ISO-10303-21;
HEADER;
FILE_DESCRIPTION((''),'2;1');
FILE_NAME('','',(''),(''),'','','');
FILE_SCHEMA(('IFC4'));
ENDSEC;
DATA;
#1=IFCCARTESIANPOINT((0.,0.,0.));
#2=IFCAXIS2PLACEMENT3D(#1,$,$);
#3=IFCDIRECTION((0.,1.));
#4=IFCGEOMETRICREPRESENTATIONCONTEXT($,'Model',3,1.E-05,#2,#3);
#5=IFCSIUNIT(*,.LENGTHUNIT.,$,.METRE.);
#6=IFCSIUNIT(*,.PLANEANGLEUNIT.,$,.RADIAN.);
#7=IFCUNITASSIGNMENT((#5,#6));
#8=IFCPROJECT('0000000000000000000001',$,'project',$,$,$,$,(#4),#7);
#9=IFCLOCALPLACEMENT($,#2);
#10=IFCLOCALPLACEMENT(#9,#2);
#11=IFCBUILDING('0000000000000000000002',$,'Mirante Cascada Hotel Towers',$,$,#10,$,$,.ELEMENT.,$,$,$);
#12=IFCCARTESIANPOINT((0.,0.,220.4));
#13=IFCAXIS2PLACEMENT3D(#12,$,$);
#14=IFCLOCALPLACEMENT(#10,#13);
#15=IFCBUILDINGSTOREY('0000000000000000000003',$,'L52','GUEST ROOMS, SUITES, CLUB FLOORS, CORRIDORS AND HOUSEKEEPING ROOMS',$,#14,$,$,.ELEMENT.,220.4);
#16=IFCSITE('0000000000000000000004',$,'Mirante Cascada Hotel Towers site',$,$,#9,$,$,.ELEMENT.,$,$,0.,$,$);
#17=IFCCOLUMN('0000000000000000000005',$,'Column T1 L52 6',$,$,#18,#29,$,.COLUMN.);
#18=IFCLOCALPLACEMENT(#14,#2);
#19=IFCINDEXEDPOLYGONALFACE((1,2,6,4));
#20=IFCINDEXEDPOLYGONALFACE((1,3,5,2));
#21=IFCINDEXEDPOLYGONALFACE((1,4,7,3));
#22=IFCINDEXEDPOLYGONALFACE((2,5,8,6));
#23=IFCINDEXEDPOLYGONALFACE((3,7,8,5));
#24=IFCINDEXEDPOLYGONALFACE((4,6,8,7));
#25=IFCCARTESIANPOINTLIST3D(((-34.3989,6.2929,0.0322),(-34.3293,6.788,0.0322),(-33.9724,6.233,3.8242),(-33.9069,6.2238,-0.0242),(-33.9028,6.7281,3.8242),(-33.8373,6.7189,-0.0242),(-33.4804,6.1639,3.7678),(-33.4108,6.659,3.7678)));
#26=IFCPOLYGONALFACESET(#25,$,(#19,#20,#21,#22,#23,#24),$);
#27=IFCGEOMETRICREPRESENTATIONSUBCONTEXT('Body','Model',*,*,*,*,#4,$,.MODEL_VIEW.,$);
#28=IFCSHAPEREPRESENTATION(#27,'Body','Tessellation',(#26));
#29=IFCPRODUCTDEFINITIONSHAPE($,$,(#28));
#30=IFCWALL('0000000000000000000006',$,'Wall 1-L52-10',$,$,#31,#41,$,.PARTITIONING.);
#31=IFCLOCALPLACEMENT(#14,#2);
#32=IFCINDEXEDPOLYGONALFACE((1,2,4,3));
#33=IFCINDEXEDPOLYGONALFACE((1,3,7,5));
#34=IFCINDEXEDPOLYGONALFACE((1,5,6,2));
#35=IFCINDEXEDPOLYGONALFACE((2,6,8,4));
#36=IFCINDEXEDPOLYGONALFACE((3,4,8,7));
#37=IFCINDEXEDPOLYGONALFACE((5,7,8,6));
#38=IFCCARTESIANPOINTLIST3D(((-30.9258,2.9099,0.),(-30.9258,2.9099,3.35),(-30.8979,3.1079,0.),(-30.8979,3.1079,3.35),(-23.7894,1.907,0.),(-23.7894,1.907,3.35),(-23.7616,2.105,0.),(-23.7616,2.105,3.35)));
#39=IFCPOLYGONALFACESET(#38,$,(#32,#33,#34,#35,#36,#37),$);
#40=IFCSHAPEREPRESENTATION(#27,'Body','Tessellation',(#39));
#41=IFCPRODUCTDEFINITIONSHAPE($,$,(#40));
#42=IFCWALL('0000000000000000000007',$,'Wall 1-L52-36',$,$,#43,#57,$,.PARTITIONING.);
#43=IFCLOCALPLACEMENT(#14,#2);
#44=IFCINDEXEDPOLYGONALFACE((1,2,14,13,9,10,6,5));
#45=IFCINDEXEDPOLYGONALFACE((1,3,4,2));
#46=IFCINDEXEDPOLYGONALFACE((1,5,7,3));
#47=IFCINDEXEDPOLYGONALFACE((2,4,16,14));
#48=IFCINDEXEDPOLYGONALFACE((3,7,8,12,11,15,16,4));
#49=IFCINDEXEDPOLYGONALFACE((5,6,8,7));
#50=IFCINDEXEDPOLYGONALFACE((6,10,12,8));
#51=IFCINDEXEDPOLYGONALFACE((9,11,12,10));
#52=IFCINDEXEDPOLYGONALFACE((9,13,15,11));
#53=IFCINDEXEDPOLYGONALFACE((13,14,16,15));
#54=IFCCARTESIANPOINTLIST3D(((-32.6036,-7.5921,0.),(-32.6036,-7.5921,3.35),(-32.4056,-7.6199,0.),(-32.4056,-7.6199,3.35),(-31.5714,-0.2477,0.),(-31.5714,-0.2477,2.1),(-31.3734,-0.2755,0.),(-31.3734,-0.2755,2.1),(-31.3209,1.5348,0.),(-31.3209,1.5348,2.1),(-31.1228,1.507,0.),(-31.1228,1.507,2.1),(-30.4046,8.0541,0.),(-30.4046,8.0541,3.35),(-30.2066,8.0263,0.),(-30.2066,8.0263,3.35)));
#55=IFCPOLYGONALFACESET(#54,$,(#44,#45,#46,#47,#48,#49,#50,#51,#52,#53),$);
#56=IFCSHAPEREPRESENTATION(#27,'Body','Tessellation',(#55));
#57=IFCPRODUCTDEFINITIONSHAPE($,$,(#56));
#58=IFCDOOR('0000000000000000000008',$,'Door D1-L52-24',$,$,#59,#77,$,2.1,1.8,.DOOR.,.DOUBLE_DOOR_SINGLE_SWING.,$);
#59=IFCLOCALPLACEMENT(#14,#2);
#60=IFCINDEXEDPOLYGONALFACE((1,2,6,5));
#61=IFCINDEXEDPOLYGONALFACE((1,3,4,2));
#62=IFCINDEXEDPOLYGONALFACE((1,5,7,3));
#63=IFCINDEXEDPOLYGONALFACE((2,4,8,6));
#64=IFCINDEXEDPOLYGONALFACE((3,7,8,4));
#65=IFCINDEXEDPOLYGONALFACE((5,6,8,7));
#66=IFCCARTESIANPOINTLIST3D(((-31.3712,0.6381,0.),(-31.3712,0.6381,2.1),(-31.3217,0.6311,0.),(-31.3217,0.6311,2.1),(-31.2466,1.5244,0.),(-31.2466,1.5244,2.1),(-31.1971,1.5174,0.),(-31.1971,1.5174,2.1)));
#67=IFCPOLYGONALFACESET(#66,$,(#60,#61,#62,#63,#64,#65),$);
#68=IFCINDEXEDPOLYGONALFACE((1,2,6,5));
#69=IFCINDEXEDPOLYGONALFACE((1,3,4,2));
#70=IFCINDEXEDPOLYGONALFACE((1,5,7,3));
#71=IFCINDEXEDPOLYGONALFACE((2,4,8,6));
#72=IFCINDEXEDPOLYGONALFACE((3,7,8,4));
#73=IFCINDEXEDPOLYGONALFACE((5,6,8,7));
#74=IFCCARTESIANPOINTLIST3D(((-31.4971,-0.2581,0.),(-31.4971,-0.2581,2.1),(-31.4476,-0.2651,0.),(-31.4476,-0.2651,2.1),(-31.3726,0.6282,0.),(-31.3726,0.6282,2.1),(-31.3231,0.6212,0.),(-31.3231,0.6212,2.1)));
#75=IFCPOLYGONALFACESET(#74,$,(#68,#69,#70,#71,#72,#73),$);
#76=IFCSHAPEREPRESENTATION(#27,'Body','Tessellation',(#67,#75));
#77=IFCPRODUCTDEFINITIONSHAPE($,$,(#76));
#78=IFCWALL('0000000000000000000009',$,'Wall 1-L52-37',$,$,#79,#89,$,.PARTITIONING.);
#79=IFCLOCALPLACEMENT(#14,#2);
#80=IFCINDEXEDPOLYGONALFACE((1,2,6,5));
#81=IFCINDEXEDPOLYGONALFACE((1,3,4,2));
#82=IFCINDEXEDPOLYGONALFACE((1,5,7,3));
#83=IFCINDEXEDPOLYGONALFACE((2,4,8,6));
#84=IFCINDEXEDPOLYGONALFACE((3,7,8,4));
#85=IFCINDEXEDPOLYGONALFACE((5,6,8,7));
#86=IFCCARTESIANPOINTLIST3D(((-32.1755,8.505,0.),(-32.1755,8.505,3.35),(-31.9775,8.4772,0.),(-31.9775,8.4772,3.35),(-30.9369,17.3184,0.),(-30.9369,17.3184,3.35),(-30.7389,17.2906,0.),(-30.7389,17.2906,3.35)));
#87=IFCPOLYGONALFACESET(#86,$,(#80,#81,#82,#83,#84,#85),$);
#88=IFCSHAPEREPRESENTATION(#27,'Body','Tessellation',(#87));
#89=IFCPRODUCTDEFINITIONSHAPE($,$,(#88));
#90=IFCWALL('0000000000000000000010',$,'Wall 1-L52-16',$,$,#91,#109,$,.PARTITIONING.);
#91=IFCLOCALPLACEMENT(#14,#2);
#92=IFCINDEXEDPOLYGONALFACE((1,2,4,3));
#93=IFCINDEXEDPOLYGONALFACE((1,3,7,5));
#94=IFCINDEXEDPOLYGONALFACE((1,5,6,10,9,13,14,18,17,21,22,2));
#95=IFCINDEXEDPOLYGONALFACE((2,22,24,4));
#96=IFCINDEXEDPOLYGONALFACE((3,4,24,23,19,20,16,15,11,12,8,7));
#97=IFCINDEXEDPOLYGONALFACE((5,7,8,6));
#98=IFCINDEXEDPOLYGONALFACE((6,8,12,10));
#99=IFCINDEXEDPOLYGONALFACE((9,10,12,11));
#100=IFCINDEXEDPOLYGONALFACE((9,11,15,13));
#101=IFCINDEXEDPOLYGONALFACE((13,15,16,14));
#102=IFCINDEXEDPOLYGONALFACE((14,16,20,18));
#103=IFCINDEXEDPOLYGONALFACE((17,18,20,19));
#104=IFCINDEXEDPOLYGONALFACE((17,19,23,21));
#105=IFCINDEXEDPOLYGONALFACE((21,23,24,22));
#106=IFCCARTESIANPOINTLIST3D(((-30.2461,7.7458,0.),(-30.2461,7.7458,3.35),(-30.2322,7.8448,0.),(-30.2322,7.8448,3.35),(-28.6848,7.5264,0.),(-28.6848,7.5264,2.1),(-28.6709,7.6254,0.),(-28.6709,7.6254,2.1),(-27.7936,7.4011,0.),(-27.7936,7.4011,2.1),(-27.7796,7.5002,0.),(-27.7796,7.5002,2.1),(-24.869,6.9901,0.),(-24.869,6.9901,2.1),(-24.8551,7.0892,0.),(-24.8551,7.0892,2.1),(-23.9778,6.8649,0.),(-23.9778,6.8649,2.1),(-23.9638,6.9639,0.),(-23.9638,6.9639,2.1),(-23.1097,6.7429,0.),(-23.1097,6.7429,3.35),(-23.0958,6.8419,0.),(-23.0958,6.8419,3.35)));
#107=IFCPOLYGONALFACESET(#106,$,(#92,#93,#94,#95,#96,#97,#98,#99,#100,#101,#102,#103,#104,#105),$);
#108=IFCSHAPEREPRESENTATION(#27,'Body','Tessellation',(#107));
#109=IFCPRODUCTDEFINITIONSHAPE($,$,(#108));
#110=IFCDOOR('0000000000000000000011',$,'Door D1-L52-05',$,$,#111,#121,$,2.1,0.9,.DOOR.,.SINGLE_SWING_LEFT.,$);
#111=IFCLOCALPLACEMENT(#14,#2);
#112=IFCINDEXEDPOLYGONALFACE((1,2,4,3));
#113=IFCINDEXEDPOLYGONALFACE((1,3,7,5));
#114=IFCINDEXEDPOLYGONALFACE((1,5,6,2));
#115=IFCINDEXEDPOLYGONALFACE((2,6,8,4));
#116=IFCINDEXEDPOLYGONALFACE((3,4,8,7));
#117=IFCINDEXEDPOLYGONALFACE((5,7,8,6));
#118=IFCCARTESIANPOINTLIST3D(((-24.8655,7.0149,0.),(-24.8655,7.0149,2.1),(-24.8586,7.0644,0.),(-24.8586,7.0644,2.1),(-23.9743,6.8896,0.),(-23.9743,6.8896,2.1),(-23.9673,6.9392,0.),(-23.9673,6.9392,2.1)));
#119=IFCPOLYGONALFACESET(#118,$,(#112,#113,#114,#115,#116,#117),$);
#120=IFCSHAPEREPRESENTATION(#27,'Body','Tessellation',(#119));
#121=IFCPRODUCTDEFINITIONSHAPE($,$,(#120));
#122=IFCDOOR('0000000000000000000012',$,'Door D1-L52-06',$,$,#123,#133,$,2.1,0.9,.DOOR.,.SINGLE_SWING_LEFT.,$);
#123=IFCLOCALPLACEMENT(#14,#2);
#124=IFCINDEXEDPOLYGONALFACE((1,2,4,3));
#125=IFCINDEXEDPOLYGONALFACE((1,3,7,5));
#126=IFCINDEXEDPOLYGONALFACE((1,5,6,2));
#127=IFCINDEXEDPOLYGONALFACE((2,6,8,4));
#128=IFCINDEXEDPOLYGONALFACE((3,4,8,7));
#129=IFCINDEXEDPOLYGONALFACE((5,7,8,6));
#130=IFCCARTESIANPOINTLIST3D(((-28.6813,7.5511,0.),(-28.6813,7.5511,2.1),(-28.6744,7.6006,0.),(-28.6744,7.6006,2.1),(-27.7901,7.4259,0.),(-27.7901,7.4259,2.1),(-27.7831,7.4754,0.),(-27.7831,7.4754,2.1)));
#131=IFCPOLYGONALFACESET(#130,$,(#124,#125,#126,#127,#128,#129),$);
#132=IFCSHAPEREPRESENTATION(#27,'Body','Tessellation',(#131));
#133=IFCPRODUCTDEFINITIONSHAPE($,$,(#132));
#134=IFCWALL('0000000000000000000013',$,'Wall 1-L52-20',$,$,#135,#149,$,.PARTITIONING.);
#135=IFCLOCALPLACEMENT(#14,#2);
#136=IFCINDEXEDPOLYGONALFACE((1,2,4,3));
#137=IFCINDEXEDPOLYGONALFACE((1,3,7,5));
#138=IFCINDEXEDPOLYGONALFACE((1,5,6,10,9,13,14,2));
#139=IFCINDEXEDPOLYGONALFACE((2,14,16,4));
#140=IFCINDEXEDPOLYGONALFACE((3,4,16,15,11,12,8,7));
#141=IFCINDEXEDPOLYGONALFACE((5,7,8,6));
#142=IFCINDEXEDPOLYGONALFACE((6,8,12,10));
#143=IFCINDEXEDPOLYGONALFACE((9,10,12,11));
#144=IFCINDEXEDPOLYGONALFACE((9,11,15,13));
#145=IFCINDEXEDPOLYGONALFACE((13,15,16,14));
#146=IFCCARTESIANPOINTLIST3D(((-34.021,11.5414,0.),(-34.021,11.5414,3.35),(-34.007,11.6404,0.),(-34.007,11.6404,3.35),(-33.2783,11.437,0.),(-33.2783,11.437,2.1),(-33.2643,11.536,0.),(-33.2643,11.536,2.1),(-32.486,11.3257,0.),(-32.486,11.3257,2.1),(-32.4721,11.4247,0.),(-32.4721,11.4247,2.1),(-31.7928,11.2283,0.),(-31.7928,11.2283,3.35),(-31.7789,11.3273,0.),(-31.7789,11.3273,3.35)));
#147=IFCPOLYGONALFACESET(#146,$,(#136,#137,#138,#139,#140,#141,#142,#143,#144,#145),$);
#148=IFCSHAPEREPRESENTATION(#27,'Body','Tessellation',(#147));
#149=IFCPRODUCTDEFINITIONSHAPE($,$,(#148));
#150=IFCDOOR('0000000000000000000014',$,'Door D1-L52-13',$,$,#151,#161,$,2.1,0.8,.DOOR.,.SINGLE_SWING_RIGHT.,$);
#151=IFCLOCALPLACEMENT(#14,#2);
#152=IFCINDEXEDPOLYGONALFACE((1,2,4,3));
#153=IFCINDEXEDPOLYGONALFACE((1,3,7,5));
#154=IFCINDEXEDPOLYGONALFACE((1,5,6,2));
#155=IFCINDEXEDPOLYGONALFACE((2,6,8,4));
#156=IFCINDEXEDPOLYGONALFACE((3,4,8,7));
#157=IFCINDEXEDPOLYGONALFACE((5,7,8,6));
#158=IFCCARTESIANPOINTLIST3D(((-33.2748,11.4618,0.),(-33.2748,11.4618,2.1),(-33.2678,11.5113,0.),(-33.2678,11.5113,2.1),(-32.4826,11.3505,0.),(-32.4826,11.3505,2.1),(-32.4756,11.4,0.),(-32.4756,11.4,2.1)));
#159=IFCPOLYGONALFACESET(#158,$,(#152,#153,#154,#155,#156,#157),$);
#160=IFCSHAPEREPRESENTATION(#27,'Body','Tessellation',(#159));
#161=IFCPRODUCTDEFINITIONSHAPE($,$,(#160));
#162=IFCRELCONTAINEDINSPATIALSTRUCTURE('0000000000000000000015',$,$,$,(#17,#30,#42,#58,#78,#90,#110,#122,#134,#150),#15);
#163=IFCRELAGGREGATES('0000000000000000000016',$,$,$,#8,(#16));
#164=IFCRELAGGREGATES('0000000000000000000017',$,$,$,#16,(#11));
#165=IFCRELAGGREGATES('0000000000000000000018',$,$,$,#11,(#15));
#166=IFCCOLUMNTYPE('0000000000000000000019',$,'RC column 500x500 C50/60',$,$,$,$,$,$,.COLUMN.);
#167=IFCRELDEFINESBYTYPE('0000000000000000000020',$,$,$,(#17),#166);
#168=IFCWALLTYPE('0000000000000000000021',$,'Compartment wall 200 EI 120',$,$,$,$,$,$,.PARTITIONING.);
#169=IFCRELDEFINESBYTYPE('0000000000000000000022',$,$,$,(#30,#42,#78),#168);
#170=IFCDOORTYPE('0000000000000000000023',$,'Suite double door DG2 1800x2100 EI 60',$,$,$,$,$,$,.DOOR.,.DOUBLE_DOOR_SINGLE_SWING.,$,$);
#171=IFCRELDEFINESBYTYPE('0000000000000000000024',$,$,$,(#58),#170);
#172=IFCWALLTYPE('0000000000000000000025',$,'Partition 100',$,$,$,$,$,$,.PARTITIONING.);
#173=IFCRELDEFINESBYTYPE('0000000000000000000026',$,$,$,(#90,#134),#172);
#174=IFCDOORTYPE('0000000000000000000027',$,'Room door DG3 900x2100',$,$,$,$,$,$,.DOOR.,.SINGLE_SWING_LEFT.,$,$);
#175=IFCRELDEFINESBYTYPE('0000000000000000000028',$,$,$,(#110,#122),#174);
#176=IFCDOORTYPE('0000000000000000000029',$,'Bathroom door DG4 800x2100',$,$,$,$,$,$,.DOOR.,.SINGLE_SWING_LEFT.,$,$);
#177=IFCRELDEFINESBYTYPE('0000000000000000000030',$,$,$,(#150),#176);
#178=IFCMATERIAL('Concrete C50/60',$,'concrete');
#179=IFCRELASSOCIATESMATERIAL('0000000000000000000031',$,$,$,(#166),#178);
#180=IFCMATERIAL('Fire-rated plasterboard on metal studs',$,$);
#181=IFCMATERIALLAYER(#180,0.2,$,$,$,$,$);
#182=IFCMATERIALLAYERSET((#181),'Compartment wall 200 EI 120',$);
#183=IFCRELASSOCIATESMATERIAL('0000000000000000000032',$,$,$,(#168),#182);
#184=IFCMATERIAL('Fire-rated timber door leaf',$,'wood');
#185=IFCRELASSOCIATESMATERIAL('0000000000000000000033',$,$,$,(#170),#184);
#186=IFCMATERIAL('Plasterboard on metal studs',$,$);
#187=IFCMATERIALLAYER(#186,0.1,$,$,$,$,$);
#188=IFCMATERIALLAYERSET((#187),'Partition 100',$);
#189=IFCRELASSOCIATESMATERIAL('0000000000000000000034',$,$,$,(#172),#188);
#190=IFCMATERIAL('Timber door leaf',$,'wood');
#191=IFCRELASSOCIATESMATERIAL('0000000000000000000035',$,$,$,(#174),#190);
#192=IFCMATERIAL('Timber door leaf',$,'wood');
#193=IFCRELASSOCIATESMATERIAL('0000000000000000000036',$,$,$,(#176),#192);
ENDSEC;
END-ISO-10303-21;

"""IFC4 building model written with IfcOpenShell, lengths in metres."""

from ifc_helpers import new_model, si_unit, direction, frame, frame_2d, origin, origin_2d, place, context, subcontext, project, spatial, rectangle, extrude, material, layer, layer_set, material_profile, profile_set, type_object, element, fill, save


model = new_model("IFC4")

# Units and contexts
model_context = context("Model", 3, precision=1e-05, world=origin(), true_north=direction((0.0, 1.0)))
body_context = subcontext(model_context, "Body", "Model", "MODEL_VIEW")
ifc_project = project(units=[si_unit("LENGTHUNIT", "METRE"), si_unit("PLANEANGLEUNIT", "RADIAN")], contexts=[model_context])

# Site, building, storey
site_placement = place(None, origin())
site = spatial("IfcSite", under=ifc_project, at=site_placement, Name="Mirante Cascada Hotel Towers site", CompositionType="ELEMENT", RefElevation=0.0)
building_placement = place(site_placement, origin())
building = spatial("IfcBuilding", under=site, at=building_placement, Name="Mirante Cascada Hotel Towers", CompositionType="ELEMENT")
storey_placement = place(building_placement, frame((0.0, 0.0, 220.4)))
storey = spatial("IfcBuildingStorey", under=building, at=storey_placement, Name="L52", Description="GUEST ROOMS, SUITES, CLUB FLOORS, CORRIDORS AND HOUSEKEEPING ROOMS", CompositionType="ELEMENT", Elevation=220.4)

# Column
ifc_material_1 = material(Name="Concrete C50/60", Category="concrete")
ifc_material_profile = material_profile(ifc_material_1, rectangle(XDim=0.5, YDim=0.5, at=origin_2d()), Name="RC column 500x500 C50/60")
ifc_profile_set = profile_set([ifc_material_profile], Name="Concrete C50/60")
column_type = type_object("IfcColumnType", Name="RC column 500x500 C50/60", PredefinedType="COLUMN", material=ifc_profile_set)
column_placement = place(storey_placement, frame((-34.1181, 6.5059, 0.004), z_axis=(0.111755, -0.015696, 0.993612), x_axis=(0.13908, 0.990281, 0.0)))
element("IfcColumn", 1, at=column_placement, inside=storey, type_object=column_type, Name="Column T1 L52 6", PredefinedType="COLUMN", context=body_context, shape_type="SweptSolid", body=[
    extrude(rectangle(XDim=0.5, YDim=0.5, at=origin_2d()), origin(), (0.0, 0.0, 1.0), 3.8164),
])

# Wall
ifc_material_2 = material(Name="Fire-rated plasterboard on metal studs")
ifc_layer_1 = layer(ifc_material_2, 0.2)
ifc_layer_set_1 = layer_set([ifc_layer_1], Name="Compartment wall 200 EI 120")
wall_type_1 = type_object("IfcWallType", Name="Compartment wall 200 EI 120", PredefinedType="PARTITIONING", material=ifc_layer_set_1)
wall_1_placement = place(storey_placement, frame((-30.9118, 3.0089, 0.0), z_axis=(0.0, 0.0, 1.0), x_axis=(0.990269, -0.139165, 0.0)))
element("IfcWall", 2, at=wall_1_placement, inside=storey, type_object=wall_type_1, Name="Wall 1-L52-10", PredefinedType="PARTITIONING", context=body_context, shape_type="SweptSolid", body=[
    extrude(rectangle(XDim=7.2065, YDim=0.2, at=frame_2d((3.6032, 0.0))), origin(), (0.0, 0.0, 1.0), 3.35),
])

# Wall, opening, door
wall_2_placement = place(storey_placement, frame((-30.3056, 8.0402, 0.0), z_axis=(0.0, 0.0, 1.0), x_axis=(-0.139177, -0.990267, 0.0)))
wall_2 = element("IfcWall", 3, at=wall_2_placement, inside=storey, type_object=wall_type_1, Name="Wall 1-L52-36", PredefinedType="PARTITIONING", context=body_context, shape_type="SweptSolid", body=[
    extrude(rectangle(XDim=15.8, YDim=0.2, at=frame_2d((7.9, 0.0))), origin(), (0.0, 0.0, 1.0), 3.35),
])
opening_1_placement = place(wall_2_placement, frame((6.5834, 0.0, 0.0)))
opening_1 = element("IfcOpeningElement", 4, at=opening_1_placement, cuts=wall_2, PredefinedType="OPENING", context=body_context, shape_type="SweptSolid", body=[
    extrude(rectangle(XDim=1.8, YDim=2.1, at=frame_2d((0.9, 1.05))), frame((0.0, 0.1, 0.0), z_axis=(0.0, -1.0, 0.0), x_axis=(1.0, 0.0, 0.0)), (0.0, 0.0, 1.0), 0.2),
])
ifc_material_3 = material(Name="Fire-rated timber door leaf", Category="wood")
door_type_1 = type_object("IfcDoorType", Name="Suite double door DG2 1800x2100 EI 60", OperationType="DOUBLE_DOOR_SINGLE_SWING", PredefinedType="DOOR", material=ifc_material_3)
door_1_placement = place(opening_1_placement, origin())
door_1 = element("IfcDoor", 5, at=door_1_placement, inside=storey, type_object=door_type_1, Name="Door D1-L52-24", OperationType="DOUBLE_DOOR_SINGLE_SWING", OverallHeight=2.1, OverallWidth=1.8, PredefinedType="DOOR", context=body_context, shape_type="SweptSolid", body=[
    extrude(rectangle(XDim=0.895, YDim=2.1, at=frame_2d((0.4475, 1.05))), frame((0.0, 0.025, 0.0), z_axis=(0.0, -1.0, 0.0), x_axis=(1.0, 0.0, 0.0)), (0.0, 0.0, 1.0), 0.05),
    extrude(rectangle(XDim=0.895, YDim=2.1, at=frame_2d((1.3525, 1.05))), frame((0.0, 0.025, 0.0), z_axis=(0.0, -1.0, 0.0), x_axis=(1.0, 0.0, 0.0)), (0.0, 0.0, 1.0), 0.05),
])
fill(opening_1, door_1)

# Wall
wall_3_placement = place(storey_placement, frame((-32.0765, 8.4911, 0.0), z_axis=(0.0, 0.0, 1.0), x_axis=(0.139168, 0.990269, 0.0)))
element("IfcWall", 6, at=wall_3_placement, inside=storey, type_object=wall_type_1, Name="Wall 1-L52-37", PredefinedType="PARTITIONING", context=body_context, shape_type="SweptSolid", body=[
    extrude(rectangle(XDim=8.9, YDim=0.2, at=frame_2d((4.45, 0.0))), origin(), (0.0, 0.0, 1.0), 3.35),
])

# Wall, openings, doors
ifc_material_4 = material(Name="Plasterboard on metal studs")
ifc_layer_2 = layer(ifc_material_4, 0.1)
ifc_layer_set_2 = layer_set([ifc_layer_2], Name="Partition 100")
wall_type_2 = type_object("IfcWallType", Name="Partition 100", PredefinedType="PARTITIONING", material=ifc_layer_set_2)
wall_4_placement = place(storey_placement, frame((-30.2391, 7.7953, 0.0), z_axis=(0.0, 0.0, 1.0), x_axis=(0.990269, -0.139165, 0.0)))
wall_4 = element("IfcWall", 7, at=wall_4_placement, inside=storey, type_object=wall_type_2, Name="Wall 1-L52-16", PredefinedType="PARTITIONING", context=body_context, shape_type="SweptSolid", body=[
    extrude(rectangle(XDim=7.2065, YDim=0.1, at=frame_2d((3.6032, 0.0))), origin(), (0.0, 0.0, 1.0), 3.35),
])
opening_2_placement = place(wall_4_placement, frame((5.4299, 0.0, 0.0)))
opening_2 = element("IfcOpeningElement", 8, at=opening_2_placement, cuts=wall_4, PredefinedType="OPENING", context=body_context, shape_type="SweptSolid", body=[
    extrude(rectangle(XDim=0.9, YDim=2.1, at=frame_2d((0.45, 1.05))), frame((0.0, 0.05, 0.0), z_axis=(0.0, -1.0, 0.0), x_axis=(1.0, 0.0, 0.0)), (0.0, 0.0, 1.0), 0.1),
])
opening_3_placement = place(wall_4_placement, frame((1.5766, 0.0, 0.0)))
opening_3 = element("IfcOpeningElement", 9, at=opening_3_placement, cuts=wall_4, PredefinedType="OPENING", context=body_context, shape_type="SweptSolid", body=[
    extrude(rectangle(XDim=0.9, YDim=2.1, at=frame_2d((0.45, 1.05))), frame((0.0, 0.05, 0.0), z_axis=(0.0, -1.0, 0.0), x_axis=(1.0, 0.0, 0.0)), (0.0, 0.0, 1.0), 0.1),
])
ifc_material_5 = material(Name="Timber door leaf", Category="wood")
door_type_2 = type_object("IfcDoorType", Name="Room door DG3 900x2100", OperationType="SINGLE_SWING_LEFT", PredefinedType="DOOR", material=ifc_material_5)
door_2_placement = place(opening_2_placement, origin())
door_2 = element("IfcDoor", 10, at=door_2_placement, inside=storey, type_object=door_type_2, Name="Door D1-L52-05", OperationType="SINGLE_SWING_LEFT", OverallHeight=2.1, OverallWidth=0.9, PredefinedType="DOOR", context=body_context, shape_type="SweptSolid", body=[
    extrude(rectangle(XDim=0.9, YDim=2.1, at=frame_2d((0.45, 1.05))), frame((0.0, 0.025, 0.0), z_axis=(0.0, -1.0, 0.0), x_axis=(1.0, 0.0, 0.0)), (0.0, 0.0, 1.0), 0.05),
])
fill(opening_2, door_2)
door_3_placement = place(opening_3_placement, origin())
door_3 = element("IfcDoor", 11, at=door_3_placement, inside=storey, type_object=door_type_2, Name="Door D1-L52-06", OperationType="SINGLE_SWING_LEFT", OverallHeight=2.1, OverallWidth=0.9, PredefinedType="DOOR", context=body_context, shape_type="SweptSolid", body=[
    extrude(rectangle(XDim=0.9, YDim=2.1, at=frame_2d((0.45, 1.05))), frame((0.0, 0.025, 0.0), z_axis=(0.0, -1.0, 0.0), x_axis=(1.0, 0.0, 0.0)), (0.0, 0.0, 1.0), 0.05),
])
fill(opening_3, door_3)

# Wall, opening, door
wall_5_placement = place(storey_placement, frame((-34.014, 11.5909, 0.0), z_axis=(0.0, 0.0, 1.0), x_axis=(0.990271, -0.139156, 0.0)))
wall_5 = element("IfcWall", 12, at=wall_5_placement, inside=storey, type_object=wall_type_2, Name="Wall 1-L52-20", PredefinedType="PARTITIONING", context=body_context, shape_type="SweptSolid", body=[
    extrude(rectangle(XDim=2.25, YDim=0.1, at=frame_2d((1.125, 0.0))), origin(), (0.0, 0.0, 1.0), 3.35),
])
opening_4_placement = place(wall_5_placement, frame((0.75, 0.0, 0.0)))
opening_4 = element("IfcOpeningElement", 13, at=opening_4_placement, cuts=wall_5, PredefinedType="OPENING", context=body_context, shape_type="SweptSolid", body=[
    extrude(rectangle(XDim=0.8, YDim=2.1, at=frame_2d((0.4, 1.05))), frame((0.0, 0.05, 0.0), z_axis=(0.0, -1.0, 0.0), x_axis=(1.0, 0.0, 0.0)), (0.0, 0.0, 1.0), 0.1),
])
ifc_material_6 = material(Name="Timber door leaf", Category="wood")
door_type_3 = type_object("IfcDoorType", Name="Bathroom door DG4 800x2100", OperationType="SINGLE_SWING_LEFT", PredefinedType="DOOR", material=ifc_material_6)
door_4_placement = place(opening_4_placement, frame((0.8, 0.0, 0.0), z_axis=(0.0, 0.0, 1.0), x_axis=(-1.0, 0.0, 0.0)))
door_4 = element("IfcDoor", 14, at=door_4_placement, inside=storey, type_object=door_type_3, Name="Door D1-L52-13", OperationType="SINGLE_SWING_RIGHT", OverallHeight=2.1, OverallWidth=0.8, PredefinedType="DOOR", context=body_context, shape_type="SweptSolid", body=[
    extrude(rectangle(XDim=0.8, YDim=2.1, at=frame_2d((0.4, 1.05))), frame((0.0, 0.025, 0.0), z_axis=(0.0, -1.0, 0.0), x_axis=(1.0, 0.0, 0.0)), (0.0, 0.0, 1.0), 0.05),
])
fill(opening_4, door_4)

save(model, "model.ifc")
